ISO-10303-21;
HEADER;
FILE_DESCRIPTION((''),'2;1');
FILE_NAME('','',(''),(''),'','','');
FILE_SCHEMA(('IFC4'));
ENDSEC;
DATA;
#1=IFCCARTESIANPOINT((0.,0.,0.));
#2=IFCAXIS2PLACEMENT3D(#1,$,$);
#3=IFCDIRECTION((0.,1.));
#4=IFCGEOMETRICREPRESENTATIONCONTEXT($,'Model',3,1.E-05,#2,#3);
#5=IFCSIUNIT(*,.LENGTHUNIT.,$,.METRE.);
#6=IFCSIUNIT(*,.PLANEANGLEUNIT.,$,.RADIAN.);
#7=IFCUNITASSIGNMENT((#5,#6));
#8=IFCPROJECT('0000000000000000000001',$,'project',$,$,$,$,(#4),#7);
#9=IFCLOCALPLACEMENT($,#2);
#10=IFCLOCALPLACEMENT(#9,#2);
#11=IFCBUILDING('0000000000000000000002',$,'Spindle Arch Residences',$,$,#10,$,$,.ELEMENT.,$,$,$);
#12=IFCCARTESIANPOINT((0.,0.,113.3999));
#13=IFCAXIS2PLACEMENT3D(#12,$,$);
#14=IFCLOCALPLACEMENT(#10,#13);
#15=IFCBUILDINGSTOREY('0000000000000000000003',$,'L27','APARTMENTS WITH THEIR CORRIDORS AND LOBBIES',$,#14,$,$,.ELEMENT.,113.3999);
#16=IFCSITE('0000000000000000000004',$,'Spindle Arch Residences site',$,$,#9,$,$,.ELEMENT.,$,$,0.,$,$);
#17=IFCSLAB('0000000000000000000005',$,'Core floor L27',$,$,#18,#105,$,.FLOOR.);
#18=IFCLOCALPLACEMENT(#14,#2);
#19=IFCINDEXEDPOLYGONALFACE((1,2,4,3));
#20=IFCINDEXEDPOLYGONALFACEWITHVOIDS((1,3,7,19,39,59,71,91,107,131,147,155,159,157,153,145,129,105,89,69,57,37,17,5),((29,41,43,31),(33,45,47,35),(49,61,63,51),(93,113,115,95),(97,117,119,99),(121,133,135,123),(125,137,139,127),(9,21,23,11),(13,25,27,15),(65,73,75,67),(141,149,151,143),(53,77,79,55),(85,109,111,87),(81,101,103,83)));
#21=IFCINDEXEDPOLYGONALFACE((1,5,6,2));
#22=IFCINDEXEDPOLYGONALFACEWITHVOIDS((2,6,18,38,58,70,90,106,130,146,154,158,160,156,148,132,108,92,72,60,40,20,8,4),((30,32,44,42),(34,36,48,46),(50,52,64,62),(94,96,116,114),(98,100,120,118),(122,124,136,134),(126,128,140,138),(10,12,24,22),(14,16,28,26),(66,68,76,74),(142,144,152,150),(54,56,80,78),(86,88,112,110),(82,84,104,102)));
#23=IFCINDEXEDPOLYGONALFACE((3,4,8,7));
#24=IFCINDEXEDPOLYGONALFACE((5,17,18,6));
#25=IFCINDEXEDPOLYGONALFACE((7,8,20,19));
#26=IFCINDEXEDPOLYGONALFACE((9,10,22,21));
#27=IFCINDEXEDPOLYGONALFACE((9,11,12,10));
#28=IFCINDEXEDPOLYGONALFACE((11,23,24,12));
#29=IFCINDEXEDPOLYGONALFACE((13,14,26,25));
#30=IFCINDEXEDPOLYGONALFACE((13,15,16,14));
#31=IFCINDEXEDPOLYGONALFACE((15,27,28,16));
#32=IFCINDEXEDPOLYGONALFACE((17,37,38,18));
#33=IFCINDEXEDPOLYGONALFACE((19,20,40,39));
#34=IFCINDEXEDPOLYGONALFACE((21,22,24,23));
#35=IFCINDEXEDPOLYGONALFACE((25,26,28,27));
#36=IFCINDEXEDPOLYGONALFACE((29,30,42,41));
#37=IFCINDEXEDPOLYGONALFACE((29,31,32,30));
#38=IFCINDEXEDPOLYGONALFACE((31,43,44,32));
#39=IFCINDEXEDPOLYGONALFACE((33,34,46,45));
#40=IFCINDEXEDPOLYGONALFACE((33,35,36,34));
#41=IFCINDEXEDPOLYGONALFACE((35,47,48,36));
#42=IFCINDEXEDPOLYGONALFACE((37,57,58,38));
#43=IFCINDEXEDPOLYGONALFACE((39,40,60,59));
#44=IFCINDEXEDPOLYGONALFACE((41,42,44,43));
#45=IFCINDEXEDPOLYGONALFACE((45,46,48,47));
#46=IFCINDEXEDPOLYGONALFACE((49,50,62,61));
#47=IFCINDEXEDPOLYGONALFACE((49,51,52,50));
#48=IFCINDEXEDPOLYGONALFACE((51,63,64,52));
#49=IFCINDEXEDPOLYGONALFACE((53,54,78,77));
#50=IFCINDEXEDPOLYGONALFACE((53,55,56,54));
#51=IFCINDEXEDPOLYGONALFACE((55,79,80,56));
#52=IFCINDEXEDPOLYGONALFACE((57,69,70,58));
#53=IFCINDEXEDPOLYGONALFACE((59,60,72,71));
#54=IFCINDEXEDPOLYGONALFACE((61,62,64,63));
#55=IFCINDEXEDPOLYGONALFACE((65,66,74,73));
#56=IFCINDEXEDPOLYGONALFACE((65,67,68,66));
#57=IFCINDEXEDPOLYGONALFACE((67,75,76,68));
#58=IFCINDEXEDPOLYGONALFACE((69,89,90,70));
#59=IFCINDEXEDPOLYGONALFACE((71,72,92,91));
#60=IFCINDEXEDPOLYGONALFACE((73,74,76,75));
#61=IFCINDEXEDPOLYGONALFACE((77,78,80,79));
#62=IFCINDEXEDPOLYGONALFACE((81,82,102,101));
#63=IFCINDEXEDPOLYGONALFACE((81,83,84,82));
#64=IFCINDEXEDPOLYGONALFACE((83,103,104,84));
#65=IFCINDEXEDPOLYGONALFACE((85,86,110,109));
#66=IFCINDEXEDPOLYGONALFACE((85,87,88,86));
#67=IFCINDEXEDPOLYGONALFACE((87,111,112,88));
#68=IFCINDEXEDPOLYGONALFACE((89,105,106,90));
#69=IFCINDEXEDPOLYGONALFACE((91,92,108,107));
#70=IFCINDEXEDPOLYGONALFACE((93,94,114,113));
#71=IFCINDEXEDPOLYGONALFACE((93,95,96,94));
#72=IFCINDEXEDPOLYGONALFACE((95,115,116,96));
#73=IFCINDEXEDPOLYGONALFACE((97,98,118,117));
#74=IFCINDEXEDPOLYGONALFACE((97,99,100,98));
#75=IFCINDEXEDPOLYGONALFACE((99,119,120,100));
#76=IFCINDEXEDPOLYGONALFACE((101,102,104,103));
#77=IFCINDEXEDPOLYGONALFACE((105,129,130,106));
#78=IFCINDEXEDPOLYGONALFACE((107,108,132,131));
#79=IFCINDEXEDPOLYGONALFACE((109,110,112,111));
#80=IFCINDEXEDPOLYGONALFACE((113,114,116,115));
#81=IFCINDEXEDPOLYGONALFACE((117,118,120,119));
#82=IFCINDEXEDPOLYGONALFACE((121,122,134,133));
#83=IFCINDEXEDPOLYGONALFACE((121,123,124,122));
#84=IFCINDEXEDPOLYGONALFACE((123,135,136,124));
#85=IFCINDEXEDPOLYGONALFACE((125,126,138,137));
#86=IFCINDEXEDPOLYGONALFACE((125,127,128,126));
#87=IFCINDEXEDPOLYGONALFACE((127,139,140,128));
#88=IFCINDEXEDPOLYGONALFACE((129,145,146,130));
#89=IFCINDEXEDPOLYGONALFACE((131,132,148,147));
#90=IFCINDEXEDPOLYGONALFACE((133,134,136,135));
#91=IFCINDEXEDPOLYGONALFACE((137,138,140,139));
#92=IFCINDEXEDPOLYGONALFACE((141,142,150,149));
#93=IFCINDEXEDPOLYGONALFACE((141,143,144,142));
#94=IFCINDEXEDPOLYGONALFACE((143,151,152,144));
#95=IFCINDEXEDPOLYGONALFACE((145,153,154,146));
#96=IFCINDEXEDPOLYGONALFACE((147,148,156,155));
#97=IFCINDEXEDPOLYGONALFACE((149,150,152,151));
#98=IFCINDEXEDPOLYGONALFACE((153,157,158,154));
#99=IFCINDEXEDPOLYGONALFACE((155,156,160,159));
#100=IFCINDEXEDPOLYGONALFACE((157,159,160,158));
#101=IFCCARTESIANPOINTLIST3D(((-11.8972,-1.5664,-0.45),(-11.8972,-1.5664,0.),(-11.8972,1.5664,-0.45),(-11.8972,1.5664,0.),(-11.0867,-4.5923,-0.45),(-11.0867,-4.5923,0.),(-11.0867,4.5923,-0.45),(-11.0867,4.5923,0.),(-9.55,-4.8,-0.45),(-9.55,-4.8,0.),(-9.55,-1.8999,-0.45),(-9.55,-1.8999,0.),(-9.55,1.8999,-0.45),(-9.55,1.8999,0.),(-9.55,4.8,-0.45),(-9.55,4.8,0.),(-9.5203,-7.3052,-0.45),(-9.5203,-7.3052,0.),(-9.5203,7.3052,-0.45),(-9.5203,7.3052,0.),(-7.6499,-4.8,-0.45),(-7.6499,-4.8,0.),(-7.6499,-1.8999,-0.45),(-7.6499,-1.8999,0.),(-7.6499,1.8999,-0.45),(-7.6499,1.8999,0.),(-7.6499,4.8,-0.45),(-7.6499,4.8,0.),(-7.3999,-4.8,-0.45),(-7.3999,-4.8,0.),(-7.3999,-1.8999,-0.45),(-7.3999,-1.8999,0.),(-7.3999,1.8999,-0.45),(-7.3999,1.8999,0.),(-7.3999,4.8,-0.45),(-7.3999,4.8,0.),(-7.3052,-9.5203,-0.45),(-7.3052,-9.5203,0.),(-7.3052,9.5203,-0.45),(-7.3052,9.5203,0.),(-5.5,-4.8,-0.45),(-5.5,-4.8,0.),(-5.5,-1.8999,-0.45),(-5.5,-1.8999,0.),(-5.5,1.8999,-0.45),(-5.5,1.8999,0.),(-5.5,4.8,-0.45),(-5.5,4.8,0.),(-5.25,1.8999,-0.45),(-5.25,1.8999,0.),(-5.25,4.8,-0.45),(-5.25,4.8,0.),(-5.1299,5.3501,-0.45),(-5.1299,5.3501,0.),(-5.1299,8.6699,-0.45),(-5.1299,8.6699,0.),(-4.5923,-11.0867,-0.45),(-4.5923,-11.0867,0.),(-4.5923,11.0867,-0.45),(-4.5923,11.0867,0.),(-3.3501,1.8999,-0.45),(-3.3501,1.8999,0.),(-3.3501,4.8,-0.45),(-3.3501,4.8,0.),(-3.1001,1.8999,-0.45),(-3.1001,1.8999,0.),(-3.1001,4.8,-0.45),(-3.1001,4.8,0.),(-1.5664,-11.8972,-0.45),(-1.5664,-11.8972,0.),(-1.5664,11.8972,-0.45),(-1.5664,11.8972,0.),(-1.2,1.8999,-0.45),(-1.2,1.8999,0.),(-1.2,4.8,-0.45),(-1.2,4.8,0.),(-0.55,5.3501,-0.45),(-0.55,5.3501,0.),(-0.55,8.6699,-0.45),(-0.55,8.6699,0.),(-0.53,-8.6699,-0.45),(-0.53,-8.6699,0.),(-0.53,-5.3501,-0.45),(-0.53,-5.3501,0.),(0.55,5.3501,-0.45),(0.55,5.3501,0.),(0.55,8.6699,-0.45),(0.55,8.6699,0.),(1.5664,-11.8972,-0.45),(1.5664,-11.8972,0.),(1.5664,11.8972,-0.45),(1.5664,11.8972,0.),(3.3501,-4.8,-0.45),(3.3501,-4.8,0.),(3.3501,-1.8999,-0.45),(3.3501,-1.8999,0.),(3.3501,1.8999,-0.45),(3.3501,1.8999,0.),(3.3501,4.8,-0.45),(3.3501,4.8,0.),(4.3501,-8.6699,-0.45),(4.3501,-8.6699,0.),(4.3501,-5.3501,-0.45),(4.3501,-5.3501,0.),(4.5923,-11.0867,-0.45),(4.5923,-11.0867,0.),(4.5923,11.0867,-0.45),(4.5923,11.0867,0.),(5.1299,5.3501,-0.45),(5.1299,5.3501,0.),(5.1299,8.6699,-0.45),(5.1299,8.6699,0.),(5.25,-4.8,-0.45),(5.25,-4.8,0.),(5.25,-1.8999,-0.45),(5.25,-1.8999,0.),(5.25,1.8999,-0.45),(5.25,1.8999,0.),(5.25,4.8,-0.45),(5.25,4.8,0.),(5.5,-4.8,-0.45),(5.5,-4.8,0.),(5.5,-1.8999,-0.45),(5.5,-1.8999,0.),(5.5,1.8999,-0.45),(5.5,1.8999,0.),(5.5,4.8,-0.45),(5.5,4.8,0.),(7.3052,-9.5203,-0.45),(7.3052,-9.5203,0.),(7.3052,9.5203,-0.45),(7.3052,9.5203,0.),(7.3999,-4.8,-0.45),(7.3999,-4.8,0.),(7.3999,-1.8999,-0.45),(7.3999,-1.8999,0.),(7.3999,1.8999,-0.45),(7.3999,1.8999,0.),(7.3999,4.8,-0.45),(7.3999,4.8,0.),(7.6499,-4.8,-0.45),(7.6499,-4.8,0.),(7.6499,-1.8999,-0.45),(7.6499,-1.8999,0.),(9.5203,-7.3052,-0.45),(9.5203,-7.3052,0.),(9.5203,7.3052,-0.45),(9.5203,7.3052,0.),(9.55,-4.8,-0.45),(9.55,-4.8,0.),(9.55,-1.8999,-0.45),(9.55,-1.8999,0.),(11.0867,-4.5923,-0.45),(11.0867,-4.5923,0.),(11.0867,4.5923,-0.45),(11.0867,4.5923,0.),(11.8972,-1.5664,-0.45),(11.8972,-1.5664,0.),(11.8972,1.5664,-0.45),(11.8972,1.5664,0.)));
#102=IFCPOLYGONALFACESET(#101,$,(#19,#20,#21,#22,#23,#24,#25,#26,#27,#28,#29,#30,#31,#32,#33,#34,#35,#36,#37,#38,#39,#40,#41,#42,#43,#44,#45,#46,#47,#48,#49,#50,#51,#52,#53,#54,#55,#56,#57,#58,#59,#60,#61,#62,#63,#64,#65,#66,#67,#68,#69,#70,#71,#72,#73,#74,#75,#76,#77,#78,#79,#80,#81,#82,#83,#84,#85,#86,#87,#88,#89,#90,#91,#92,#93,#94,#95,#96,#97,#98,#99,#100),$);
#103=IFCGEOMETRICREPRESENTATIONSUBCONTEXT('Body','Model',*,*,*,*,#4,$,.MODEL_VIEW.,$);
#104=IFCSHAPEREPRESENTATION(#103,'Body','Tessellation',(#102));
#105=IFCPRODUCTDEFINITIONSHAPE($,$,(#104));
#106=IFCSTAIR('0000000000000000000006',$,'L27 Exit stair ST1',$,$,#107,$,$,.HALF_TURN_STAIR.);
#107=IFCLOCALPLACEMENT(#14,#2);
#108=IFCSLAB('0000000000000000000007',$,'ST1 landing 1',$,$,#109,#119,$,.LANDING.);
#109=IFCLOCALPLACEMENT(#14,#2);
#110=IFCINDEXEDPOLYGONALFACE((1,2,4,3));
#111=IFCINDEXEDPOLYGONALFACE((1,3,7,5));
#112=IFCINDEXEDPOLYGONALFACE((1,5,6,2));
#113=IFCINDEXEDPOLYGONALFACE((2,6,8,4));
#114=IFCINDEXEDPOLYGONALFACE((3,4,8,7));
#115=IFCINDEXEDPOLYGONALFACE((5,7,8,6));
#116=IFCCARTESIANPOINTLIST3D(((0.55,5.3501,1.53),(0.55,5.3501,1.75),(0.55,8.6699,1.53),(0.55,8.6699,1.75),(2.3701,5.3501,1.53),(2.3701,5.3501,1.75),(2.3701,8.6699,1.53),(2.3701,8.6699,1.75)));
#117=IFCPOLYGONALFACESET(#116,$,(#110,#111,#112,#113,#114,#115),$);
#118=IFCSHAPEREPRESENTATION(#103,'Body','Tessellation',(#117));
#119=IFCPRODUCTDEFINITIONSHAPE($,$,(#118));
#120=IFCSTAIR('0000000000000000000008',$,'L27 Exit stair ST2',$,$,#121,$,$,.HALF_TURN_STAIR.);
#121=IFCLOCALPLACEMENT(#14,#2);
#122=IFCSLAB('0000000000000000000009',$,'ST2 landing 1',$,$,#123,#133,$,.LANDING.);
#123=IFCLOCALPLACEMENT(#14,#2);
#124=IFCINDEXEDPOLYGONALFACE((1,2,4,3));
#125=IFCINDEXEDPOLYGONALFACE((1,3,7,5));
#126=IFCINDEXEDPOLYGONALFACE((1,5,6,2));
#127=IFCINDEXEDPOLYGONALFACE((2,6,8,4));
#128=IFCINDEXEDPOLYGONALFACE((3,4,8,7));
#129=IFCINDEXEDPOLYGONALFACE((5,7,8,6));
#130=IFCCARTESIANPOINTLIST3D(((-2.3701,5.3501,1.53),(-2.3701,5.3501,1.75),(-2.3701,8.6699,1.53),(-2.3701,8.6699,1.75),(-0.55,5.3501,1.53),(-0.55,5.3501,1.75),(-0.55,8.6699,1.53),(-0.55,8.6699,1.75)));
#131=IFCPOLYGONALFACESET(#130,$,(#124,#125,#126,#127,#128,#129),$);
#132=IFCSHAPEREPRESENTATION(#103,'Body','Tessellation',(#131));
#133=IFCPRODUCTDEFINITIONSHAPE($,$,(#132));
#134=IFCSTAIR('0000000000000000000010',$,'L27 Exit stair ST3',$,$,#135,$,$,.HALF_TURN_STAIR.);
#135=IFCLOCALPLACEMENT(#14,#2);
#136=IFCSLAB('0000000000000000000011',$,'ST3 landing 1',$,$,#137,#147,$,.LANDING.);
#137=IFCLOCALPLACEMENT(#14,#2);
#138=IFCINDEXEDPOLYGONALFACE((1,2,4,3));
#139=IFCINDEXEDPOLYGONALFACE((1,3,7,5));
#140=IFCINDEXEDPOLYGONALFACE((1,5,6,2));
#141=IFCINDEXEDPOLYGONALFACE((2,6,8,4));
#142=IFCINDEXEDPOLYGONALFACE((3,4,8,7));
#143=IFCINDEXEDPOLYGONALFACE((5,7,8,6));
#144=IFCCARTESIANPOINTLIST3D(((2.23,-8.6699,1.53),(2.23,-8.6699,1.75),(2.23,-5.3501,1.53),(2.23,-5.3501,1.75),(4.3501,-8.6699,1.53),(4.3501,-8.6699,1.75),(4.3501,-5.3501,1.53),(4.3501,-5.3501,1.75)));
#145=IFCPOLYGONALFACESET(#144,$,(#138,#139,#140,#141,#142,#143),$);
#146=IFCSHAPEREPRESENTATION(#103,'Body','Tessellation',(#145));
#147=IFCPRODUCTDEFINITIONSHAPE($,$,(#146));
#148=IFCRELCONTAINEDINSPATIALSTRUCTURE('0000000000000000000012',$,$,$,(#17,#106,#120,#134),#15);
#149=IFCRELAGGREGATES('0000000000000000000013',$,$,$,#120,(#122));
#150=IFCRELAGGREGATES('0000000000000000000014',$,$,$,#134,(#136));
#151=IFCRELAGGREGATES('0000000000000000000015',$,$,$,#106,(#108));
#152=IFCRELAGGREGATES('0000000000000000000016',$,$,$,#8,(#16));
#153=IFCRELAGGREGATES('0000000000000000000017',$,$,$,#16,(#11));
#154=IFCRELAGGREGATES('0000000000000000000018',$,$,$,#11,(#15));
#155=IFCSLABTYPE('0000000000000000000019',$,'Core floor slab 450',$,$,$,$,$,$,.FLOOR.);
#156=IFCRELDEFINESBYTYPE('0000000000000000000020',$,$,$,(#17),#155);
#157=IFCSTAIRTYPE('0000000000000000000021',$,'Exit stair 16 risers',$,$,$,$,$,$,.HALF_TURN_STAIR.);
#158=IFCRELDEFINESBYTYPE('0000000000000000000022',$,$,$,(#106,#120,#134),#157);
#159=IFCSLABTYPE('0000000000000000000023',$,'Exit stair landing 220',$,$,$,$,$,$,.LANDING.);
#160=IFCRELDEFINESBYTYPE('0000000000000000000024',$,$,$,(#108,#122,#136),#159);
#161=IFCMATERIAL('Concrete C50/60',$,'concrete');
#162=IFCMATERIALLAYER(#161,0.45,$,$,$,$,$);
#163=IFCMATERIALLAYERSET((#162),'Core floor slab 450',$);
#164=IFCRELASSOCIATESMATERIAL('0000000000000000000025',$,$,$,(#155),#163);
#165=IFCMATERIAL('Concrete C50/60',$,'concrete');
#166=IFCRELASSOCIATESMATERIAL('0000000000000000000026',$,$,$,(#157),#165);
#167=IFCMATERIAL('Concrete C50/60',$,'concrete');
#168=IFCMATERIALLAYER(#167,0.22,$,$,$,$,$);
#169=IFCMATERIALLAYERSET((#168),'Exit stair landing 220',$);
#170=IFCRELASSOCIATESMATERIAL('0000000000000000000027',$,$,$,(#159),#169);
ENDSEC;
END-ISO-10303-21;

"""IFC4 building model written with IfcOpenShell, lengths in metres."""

from ifc_helpers import new_model, si_unit, direction, frame, origin, place, context, subcontext, project, spatial, polyline, outline, extrude, material, layer, layer_set, type_object, element, aggregate, save


model = new_model("IFC4")

# Units and contexts
model_context = context("Model", 3, precision=1e-05, world=origin(), true_north=direction((0.0, 1.0)))
body_context = subcontext(model_context, "Body", "Model", "MODEL_VIEW")
ifc_project = project(units=[si_unit("LENGTHUNIT", "METRE"), si_unit("PLANEANGLEUNIT", "RADIAN")], contexts=[model_context])

# Site, building, storey
site_placement = place(None, origin())
site = spatial("IfcSite", under=ifc_project, at=site_placement, Name="Spindle Arch Residences site", CompositionType="ELEMENT", RefElevation=0.0)
building_placement = place(site_placement, origin())
building = spatial("IfcBuilding", under=site, at=building_placement, Name="Spindle Arch Residences", CompositionType="ELEMENT")
storey_placement = place(building_placement, frame((0.0, 0.0, 113.3999)))
storey = spatial("IfcBuildingStorey", under=building, at=storey_placement, Name="L27", Description="APARTMENTS WITH THEIR CORRIDORS AND LOBBIES", CompositionType="ELEMENT", Elevation=113.3999)

# Slab
ifc_material_1 = material(Name="Concrete C50/60", Category="concrete")
ifc_layer_1 = layer(ifc_material_1, 0.45)
ifc_layer_set_1 = layer_set([ifc_layer_1], Name="Core floor slab 450")
slab_type_1 = type_object("IfcSlabType", Name="Core floor slab 450", PredefinedType="FLOOR", material=ifc_layer_set_1)
slab_1_placement = place(storey_placement, frame((0.0, 0.0, -0.45)))
element("IfcSlab", 1, at=slab_1_placement, inside=storey, type_object=slab_type_1, Name="Core floor L27", PredefinedType="FLOOR", context=body_context, shape_type="SweptSolid", body=[
    extrude(outline(polyline([(1.5664, -11.8972), (4.5923, -11.0867), (7.3052, -9.5203), (9.5203, -7.3052), (11.0867, -4.5923), (11.8972, -1.5664), (11.8972, 1.5664), (11.0867, 4.5923), (9.5203, 7.3052), (7.3052, 9.5203), (4.5923, 11.0867), (1.5664, 11.8972), (-1.5664, 11.8972), (-4.5923, 11.0867), (-7.3052, 9.5203), (-9.5203, 7.3052), (-11.0867, 4.5923), (-11.8972, 1.5664), (-11.8972, -1.5664), (-11.0867, -4.5923), (-9.5203, -7.3052), (-7.3052, -9.5203), (-4.5923, -11.0867), (-1.5664, -11.8972), (1.5664, -11.8972)]), holes=[polyline([(-9.55, 1.8999), (-7.6499, 1.8999), (-7.6499, 4.8), (-9.55, 4.8), (-9.55, 1.8999)]), polyline([(-7.3999, 1.8999), (-5.5, 1.8999), (-5.5, 4.8), (-7.3999, 4.8), (-7.3999, 1.8999)]), polyline([(-5.25, 1.8999), (-3.3501, 1.8999), (-3.3501, 4.8), (-5.25, 4.8), (-5.25, 1.8999)]), polyline([(-3.1001, 1.8999), (-1.2, 1.8999), (-1.2, 4.8), (-3.1001, 4.8), (-3.1001, 1.8999)]), polyline([(3.3501, 1.8999), (5.25, 1.8999), (5.25, 4.8), (3.3501, 4.8), (3.3501, 1.8999)]), polyline([(5.5, 1.8999), (7.3999, 1.8999), (7.3999, 4.8), (5.5, 4.8), (5.5, 1.8999)]), polyline([(-9.55, -4.8), (-7.6499, -4.8), (-7.6499, -1.8999), (-9.55, -1.8999), (-9.55, -4.8)]), polyline([(-7.3999, -4.8), (-5.5, -4.8), (-5.5, -1.8999), (-7.3999, -1.8999), (-7.3999, -4.8)]), polyline([(3.3501, -4.8), (5.25, -4.8), (5.25, -1.8999), (3.3501, -1.8999), (3.3501, -4.8)]), polyline([(5.5, -4.8), (7.3999, -4.8), (7.3999, -1.8999), (5.5, -1.8999), (5.5, -4.8)]), polyline([(7.6499, -4.8), (9.55, -4.8), (9.55, -1.8999), (7.6499, -1.8999), (7.6499, -4.8)]), polyline([(5.1299, 8.6699), (0.55, 8.6699), (0.55, 5.3501), (5.1299, 5.3501), (5.1299, 8.6699)]), polyline([(-5.1299, 5.3501), (-0.55, 5.3501), (-0.55, 8.6699), (-5.1299, 8.6699), (-5.1299, 5.3501)]), polyline([(-0.53, -8.6699), (4.3501, -8.6699), (4.3501, -5.3501), (-0.53, -5.3501), (-0.53, -8.6699)])]), origin(), (0.0, 0.0, 1.0), 0.45),
])

# Stairs, slabs
ifc_material_2 = material(Name="Concrete C50/60", Category="concrete")
stair_type = type_object("IfcStairType", Name="Exit stair 16 risers", PredefinedType="HALF_TURN_STAIR", material=ifc_material_2)
stair_1_placement = place(storey_placement, origin())
stair_1 = element("IfcStair", 2, at=stair_1_placement, inside=storey, type_object=stair_type, Name="L27 Exit stair ST1", PredefinedType="HALF_TURN_STAIR")
ifc_material_3 = material(Name="Concrete C50/60", Category="concrete")
ifc_layer_2 = layer(ifc_material_3, 0.22)
ifc_layer_set_2 = layer_set([ifc_layer_2], Name="Exit stair landing 220")
slab_type_2 = type_object("IfcSlabType", Name="Exit stair landing 220", PredefinedType="LANDING", material=ifc_layer_set_2)
slab_2_placement = place(storey_placement, frame((0.0, 0.0, 1.53)))
slab_2 = element("IfcSlab", 3, at=slab_2_placement, type_object=slab_type_2, Name="ST1 landing 1", PredefinedType="LANDING", context=body_context, shape_type="SweptSolid", body=[
    extrude(outline(polyline([(2.3701, 8.6699), (0.55, 8.6699), (0.55, 5.3501), (2.3701, 5.3501), (2.3701, 8.6699)])), origin(), (0.0, 0.0, 1.0), 0.22),
])
stair_2_placement = place(storey_placement, origin())
stair_2 = element("IfcStair", 4, at=stair_2_placement, inside=storey, type_object=stair_type, Name="L27 Exit stair ST2", PredefinedType="HALF_TURN_STAIR")
slab_3_placement = place(storey_placement, frame((0.0, 0.0, 1.53)))
slab_3 = element("IfcSlab", 5, at=slab_3_placement, type_object=slab_type_2, Name="ST2 landing 1", PredefinedType="LANDING", context=body_context, shape_type="SweptSolid", body=[
    extrude(outline(polyline([(-2.3701, 5.3501), (-0.55, 5.3501), (-0.55, 8.6699), (-2.3701, 8.6699), (-2.3701, 5.3501)])), origin(), (0.0, 0.0, 1.0), 0.22),
])
aggregate(stair_2, [slab_3])
stair_3_placement = place(storey_placement, origin())
stair_3 = element("IfcStair", 6, at=stair_3_placement, inside=storey, type_object=stair_type, Name="L27 Exit stair ST3", PredefinedType="HALF_TURN_STAIR")
slab_4_placement = place(storey_placement, frame((0.0, 0.0, 1.53)))
slab_4 = element("IfcSlab", 7, at=slab_4_placement, type_object=slab_type_2, Name="ST3 landing 1", PredefinedType="LANDING", context=body_context, shape_type="SweptSolid", body=[
    extrude(outline(polyline([(2.23, -8.6699), (4.3501, -8.6699), (4.3501, -5.3501), (2.23, -5.3501), (2.23, -8.6699)])), origin(), (0.0, 0.0, 1.0), 0.22),
])
aggregate(stair_3, [slab_4])

aggregate(stair_1, [slab_2])

save(model, "model.ifc")
